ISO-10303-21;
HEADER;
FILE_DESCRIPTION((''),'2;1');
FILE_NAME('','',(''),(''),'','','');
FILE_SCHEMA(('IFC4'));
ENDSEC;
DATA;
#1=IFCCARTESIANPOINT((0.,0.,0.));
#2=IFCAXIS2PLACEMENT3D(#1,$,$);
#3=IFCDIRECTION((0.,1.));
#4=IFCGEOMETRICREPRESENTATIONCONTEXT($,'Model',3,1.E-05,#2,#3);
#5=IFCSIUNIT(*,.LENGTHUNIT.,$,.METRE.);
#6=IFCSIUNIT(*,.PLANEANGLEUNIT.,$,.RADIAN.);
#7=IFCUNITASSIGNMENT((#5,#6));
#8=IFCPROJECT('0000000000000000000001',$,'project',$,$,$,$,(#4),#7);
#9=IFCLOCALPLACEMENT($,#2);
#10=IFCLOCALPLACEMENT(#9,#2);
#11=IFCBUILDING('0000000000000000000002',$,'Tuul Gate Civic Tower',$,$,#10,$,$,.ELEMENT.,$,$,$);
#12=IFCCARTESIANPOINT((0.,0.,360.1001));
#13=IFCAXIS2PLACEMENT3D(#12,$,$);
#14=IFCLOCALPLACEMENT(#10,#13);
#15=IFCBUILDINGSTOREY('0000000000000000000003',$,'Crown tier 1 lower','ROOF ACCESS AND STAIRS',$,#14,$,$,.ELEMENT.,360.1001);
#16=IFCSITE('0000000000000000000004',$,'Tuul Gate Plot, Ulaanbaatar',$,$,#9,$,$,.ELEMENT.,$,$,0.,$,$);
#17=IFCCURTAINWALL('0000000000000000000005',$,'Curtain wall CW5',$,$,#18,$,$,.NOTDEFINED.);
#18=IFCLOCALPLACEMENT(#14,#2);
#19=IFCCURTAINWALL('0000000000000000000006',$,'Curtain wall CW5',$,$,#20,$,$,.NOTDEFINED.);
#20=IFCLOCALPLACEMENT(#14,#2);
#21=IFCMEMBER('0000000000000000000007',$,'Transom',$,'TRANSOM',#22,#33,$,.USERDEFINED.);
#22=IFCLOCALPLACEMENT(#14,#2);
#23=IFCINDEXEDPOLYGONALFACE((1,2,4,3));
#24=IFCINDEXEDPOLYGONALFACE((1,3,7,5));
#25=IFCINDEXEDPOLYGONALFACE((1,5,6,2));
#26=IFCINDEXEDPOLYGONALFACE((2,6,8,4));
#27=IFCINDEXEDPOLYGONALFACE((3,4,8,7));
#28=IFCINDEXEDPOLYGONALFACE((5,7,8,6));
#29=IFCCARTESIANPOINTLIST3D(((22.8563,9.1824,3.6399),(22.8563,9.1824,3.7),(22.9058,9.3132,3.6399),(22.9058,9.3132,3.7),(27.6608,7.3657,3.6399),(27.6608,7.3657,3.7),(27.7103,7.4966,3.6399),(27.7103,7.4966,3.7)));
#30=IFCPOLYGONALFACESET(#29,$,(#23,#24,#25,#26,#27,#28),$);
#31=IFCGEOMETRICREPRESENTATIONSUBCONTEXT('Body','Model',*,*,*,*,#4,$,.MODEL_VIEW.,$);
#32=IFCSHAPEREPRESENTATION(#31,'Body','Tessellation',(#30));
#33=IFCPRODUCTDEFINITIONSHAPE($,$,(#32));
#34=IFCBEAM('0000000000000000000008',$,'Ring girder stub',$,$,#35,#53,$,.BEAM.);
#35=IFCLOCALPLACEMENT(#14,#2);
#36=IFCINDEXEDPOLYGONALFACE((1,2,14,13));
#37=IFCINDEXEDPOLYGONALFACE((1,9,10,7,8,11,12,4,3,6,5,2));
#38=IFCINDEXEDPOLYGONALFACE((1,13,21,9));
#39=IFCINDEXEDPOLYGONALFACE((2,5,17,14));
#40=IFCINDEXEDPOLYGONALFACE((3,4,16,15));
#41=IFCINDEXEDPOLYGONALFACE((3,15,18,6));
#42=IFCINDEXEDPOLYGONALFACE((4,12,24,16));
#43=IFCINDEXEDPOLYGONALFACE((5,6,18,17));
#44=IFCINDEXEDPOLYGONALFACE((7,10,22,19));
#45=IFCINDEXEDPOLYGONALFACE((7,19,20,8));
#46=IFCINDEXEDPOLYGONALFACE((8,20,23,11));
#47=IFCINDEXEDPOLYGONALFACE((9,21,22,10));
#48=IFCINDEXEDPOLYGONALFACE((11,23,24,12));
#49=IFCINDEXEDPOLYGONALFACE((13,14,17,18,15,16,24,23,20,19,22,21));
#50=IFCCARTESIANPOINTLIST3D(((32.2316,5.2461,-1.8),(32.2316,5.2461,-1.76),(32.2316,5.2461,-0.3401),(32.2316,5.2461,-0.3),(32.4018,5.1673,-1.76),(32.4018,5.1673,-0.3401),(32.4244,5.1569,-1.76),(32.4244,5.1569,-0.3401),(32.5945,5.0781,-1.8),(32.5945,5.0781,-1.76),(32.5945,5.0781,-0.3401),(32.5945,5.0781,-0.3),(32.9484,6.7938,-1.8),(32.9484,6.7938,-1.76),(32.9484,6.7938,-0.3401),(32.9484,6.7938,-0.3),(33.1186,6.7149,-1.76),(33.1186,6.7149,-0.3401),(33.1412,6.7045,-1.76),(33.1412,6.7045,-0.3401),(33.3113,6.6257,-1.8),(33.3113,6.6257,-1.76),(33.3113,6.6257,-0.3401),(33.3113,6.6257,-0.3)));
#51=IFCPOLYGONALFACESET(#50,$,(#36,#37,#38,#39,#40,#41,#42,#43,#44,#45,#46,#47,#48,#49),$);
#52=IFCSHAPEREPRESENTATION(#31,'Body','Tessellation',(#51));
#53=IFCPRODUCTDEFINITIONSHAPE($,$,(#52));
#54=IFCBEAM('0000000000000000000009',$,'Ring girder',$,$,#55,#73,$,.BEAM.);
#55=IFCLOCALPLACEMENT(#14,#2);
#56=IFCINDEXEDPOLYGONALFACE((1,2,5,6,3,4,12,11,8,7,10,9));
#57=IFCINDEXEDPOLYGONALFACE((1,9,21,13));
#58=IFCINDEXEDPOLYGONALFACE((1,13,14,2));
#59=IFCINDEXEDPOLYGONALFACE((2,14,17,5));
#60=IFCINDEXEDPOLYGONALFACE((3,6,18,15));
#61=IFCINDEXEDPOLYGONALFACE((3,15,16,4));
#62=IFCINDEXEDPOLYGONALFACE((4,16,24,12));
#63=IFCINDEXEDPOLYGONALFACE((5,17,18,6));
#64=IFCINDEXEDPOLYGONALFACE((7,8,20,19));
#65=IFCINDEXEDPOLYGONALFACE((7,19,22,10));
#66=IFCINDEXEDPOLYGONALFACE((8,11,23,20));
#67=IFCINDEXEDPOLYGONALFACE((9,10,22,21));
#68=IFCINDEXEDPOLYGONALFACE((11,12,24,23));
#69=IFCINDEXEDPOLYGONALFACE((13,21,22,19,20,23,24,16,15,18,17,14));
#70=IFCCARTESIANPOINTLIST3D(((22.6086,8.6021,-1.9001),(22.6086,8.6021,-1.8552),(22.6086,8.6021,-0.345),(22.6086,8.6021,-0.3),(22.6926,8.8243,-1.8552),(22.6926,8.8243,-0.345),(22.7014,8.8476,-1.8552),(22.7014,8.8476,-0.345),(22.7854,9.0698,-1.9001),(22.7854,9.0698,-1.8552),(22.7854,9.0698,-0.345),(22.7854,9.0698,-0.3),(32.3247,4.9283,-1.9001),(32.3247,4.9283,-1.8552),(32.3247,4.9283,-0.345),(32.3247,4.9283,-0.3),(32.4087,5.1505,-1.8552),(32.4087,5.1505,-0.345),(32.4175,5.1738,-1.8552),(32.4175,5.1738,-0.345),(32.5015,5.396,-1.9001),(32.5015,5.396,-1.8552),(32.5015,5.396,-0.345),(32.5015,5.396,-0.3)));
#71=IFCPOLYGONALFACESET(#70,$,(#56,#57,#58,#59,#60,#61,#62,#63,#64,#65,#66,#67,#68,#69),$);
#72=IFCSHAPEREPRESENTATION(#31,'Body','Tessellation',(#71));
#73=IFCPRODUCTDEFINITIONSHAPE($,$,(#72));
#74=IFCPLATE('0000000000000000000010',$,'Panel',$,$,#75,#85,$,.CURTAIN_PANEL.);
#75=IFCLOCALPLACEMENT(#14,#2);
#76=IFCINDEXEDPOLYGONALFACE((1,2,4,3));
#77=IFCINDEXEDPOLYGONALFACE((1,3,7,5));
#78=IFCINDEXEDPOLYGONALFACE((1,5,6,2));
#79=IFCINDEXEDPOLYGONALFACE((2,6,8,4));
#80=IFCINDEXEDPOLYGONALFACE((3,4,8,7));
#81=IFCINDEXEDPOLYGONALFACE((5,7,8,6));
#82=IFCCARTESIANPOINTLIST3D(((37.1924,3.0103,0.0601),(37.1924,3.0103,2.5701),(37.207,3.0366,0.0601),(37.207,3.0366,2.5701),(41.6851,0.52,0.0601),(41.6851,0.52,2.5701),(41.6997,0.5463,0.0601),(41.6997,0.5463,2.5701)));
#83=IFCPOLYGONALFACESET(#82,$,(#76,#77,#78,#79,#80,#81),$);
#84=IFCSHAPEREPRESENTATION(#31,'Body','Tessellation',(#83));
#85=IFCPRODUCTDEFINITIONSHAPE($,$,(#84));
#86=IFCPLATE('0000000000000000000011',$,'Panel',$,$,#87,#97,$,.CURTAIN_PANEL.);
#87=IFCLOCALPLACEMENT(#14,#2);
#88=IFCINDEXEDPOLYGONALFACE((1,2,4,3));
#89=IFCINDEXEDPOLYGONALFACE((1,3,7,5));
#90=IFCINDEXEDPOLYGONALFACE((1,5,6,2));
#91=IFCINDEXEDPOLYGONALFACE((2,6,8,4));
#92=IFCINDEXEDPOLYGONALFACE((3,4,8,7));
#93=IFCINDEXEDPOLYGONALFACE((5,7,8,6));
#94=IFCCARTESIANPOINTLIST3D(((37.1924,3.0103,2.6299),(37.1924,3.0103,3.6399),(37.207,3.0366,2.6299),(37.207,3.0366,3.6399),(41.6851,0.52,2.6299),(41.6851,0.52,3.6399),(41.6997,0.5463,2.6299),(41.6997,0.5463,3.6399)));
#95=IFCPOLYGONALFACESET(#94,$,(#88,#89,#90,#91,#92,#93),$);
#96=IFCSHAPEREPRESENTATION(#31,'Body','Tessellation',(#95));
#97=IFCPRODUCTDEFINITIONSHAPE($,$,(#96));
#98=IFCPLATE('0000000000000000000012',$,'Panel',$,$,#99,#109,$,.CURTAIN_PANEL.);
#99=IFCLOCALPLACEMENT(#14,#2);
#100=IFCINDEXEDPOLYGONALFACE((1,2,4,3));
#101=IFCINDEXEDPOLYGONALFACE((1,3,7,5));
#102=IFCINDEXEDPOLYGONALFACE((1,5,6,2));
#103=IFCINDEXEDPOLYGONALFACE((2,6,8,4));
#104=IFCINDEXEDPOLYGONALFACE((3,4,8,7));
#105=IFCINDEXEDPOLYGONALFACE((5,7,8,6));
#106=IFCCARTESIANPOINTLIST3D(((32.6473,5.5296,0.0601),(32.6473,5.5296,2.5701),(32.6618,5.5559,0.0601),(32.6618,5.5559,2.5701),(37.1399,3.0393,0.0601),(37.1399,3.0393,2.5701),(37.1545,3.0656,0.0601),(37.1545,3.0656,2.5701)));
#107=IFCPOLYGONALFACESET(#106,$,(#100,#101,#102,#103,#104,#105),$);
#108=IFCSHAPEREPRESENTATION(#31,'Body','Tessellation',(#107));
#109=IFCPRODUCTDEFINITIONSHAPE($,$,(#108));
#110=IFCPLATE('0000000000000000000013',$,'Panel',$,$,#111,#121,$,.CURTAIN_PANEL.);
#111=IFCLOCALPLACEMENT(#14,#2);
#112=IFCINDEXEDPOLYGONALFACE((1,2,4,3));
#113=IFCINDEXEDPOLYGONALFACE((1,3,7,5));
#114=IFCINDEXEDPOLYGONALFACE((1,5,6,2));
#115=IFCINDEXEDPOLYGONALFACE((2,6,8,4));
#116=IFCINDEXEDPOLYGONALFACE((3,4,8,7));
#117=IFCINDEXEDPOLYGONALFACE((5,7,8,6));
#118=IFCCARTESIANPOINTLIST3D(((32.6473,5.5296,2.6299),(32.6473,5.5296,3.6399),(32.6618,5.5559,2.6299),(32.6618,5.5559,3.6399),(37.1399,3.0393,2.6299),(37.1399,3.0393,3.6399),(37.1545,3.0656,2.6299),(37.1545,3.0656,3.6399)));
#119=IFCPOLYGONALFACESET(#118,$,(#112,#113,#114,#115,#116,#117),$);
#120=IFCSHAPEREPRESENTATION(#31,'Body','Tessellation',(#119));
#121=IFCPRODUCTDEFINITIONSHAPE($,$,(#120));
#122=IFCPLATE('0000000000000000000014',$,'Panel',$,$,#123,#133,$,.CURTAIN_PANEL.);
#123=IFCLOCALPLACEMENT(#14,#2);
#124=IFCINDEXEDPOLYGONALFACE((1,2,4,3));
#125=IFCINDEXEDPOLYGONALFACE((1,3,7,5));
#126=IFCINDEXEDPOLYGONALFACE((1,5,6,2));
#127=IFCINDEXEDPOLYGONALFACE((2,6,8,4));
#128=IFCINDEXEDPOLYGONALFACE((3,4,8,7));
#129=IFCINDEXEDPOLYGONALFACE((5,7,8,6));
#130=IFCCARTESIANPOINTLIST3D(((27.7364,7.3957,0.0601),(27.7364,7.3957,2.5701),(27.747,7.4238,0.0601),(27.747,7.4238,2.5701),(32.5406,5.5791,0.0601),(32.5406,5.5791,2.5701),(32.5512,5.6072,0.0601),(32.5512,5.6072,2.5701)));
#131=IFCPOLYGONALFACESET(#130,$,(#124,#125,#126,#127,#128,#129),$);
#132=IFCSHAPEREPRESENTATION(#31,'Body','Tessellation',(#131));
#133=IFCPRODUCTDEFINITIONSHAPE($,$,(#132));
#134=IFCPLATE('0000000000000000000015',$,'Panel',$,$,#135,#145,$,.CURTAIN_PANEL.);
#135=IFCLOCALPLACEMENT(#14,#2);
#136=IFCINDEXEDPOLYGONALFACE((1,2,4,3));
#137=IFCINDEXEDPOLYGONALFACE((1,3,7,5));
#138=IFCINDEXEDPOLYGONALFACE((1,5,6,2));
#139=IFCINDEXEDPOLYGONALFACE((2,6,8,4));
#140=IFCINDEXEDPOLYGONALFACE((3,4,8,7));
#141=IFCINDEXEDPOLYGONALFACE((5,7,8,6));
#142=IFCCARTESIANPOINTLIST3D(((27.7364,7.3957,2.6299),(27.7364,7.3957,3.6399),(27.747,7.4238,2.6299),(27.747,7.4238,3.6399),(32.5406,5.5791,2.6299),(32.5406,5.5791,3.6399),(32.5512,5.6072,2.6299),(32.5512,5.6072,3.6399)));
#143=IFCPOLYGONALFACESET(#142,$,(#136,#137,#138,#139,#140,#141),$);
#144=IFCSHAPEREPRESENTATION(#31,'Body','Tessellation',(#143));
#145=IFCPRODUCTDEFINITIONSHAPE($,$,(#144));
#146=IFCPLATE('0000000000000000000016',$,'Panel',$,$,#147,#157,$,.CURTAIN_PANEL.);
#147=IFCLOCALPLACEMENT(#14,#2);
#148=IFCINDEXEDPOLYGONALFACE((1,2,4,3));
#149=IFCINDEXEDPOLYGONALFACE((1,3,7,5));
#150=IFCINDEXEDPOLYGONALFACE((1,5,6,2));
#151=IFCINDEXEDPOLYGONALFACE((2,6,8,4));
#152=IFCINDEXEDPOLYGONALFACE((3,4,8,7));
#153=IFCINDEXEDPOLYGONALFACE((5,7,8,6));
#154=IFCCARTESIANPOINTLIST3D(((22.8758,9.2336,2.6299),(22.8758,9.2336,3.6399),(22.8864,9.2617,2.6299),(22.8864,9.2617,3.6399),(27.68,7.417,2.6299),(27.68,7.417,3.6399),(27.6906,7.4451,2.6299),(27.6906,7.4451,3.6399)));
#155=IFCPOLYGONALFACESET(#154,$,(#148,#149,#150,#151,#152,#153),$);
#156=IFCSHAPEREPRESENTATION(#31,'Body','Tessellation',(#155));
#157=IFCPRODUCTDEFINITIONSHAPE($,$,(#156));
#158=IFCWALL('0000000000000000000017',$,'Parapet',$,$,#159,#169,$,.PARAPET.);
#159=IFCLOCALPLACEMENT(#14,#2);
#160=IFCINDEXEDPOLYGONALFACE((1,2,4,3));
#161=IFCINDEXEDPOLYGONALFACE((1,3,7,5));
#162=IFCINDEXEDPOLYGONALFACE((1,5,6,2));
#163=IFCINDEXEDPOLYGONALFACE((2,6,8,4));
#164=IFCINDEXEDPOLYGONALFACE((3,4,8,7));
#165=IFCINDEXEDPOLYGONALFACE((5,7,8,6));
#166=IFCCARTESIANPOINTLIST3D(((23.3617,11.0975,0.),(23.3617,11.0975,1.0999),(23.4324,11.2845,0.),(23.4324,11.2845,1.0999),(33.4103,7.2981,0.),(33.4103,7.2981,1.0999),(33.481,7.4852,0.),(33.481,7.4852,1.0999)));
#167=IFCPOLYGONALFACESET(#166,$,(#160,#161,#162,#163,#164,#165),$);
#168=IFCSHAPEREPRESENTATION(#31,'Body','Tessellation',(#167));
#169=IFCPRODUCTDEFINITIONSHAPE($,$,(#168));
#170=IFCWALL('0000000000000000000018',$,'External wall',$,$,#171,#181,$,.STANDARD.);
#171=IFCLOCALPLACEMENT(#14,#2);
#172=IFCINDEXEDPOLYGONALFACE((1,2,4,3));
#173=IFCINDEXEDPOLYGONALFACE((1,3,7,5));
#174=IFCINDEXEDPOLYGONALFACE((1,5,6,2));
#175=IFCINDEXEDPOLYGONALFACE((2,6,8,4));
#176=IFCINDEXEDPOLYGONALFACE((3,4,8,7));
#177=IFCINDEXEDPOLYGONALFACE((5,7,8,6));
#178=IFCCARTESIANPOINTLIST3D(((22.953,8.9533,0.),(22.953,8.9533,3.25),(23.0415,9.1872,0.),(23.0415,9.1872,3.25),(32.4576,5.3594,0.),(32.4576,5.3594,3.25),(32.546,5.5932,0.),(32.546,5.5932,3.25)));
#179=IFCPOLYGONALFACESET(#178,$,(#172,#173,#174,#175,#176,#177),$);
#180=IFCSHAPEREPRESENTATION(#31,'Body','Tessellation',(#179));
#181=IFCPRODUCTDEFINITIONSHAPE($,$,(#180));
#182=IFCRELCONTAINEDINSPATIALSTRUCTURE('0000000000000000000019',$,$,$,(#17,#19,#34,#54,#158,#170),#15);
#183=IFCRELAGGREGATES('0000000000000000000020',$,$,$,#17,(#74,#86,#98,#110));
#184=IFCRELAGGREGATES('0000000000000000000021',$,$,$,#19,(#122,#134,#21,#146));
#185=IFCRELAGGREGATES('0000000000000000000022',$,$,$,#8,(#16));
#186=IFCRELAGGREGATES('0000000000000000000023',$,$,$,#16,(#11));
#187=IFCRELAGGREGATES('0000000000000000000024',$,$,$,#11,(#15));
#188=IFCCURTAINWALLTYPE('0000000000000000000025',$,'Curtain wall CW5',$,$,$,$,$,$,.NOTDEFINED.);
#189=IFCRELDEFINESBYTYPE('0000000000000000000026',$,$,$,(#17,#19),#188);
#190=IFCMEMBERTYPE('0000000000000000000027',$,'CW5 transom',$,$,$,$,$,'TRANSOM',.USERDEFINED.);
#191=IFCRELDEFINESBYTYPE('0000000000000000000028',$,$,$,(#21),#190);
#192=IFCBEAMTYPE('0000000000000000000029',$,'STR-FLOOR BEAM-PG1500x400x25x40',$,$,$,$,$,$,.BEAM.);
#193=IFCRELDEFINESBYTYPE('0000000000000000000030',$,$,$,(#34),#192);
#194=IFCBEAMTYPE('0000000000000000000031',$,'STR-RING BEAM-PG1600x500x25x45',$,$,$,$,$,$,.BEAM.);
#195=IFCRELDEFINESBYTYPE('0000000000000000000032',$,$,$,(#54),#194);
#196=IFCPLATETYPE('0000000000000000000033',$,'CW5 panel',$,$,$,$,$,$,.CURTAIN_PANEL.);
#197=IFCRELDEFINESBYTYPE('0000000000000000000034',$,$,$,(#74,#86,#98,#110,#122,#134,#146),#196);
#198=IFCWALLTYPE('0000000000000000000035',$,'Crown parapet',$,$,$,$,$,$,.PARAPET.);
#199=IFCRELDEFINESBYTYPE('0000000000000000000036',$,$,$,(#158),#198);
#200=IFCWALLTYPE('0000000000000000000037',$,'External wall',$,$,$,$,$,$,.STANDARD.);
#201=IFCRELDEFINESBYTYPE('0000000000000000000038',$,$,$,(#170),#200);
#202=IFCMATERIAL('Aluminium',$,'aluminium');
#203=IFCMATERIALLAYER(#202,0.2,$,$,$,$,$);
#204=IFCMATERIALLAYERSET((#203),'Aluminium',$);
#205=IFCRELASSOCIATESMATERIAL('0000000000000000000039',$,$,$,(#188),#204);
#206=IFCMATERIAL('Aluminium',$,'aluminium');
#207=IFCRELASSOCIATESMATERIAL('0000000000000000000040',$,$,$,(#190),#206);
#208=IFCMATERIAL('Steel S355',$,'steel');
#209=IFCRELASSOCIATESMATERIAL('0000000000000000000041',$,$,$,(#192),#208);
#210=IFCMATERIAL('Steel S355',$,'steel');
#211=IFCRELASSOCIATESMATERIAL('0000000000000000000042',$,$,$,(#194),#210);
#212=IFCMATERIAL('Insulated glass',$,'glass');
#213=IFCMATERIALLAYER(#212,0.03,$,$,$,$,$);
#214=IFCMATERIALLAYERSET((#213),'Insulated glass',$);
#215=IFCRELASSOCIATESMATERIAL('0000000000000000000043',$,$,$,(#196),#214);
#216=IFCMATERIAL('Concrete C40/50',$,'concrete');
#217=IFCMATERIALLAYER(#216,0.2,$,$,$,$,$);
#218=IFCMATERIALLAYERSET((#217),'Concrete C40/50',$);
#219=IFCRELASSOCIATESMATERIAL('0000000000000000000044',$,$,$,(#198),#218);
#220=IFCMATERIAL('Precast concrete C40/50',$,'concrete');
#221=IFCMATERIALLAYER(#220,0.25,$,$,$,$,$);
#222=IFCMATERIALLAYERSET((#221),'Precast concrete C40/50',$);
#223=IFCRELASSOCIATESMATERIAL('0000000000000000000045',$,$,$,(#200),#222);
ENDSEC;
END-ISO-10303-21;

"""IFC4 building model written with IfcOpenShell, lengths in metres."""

from ifc_helpers import new_model, si_unit, direction, frame, frame_2d, origin, origin_2d, place, context, subcontext, project, spatial, rectangle, i_section, extrude, material, layer, layer_set, material_profile, profile_set, type_object, element, aggregate, save


model = new_model("IFC4")

# Units and contexts
model_context = context("Model", 3, precision=1e-05, world=origin(), true_north=direction((0.0, 1.0)))
body_context = subcontext(model_context, "Body", "Model", "MODEL_VIEW")
ifc_project = project(units=[si_unit("LENGTHUNIT", "METRE"), si_unit("PLANEANGLEUNIT", "RADIAN")], contexts=[model_context])

# Site, building, storey
site_placement = place(None, origin())
site = spatial("IfcSite", under=ifc_project, at=site_placement, Name="Tuul Gate Plot, Ulaanbaatar", CompositionType="ELEMENT", RefElevation=0.0)
building_placement = place(site_placement, origin())
building = spatial("IfcBuilding", under=site, at=building_placement, Name="Tuul Gate Civic Tower", CompositionType="ELEMENT")
storey_placement = place(building_placement, frame((0.0, 0.0, 360.1001)))
storey = spatial("IfcBuildingStorey", under=building, at=storey_placement, Name="Crown tier 1 lower", Description="ROOF ACCESS AND STAIRS", CompositionType="ELEMENT", Elevation=360.1001)

# Curtain walls
ifc_material_1 = material(Name="Aluminium", Category="aluminium")
ifc_layer_1 = layer(ifc_material_1, 0.2)
ifc_layer_set_1 = layer_set([ifc_layer_1], Name="Aluminium")
curtain_wall_type = type_object("IfcCurtainWallType", Name="Curtain wall CW5", PredefinedType="NOTDEFINED", material=ifc_layer_set_1)
curtain_wall_1_placement = place(storey_placement, origin())
curtain_wall_1 = element("IfcCurtainWall", 1, at=curtain_wall_1_placement, inside=storey, type_object=curtain_wall_type, Name="Curtain wall CW5", PredefinedType="NOTDEFINED")
curtain_wall_2_placement = place(storey_placement, origin())
curtain_wall_2 = element("IfcCurtainWall", 2, at=curtain_wall_2_placement, inside=storey, type_object=curtain_wall_type, Name="Curtain wall CW5", PredefinedType="NOTDEFINED")

# Member
ifc_material_2 = material(Name="Aluminium", Category="aluminium")
ifc_material_profile_1 = material_profile(ifc_material_2, rectangle(XDim=0.1399, YDim=0.0601, at=origin_2d()), Name="CW5 transom")
ifc_profile_set_1 = profile_set([ifc_material_profile_1], Name="Aluminium")
member_type_1 = type_object("IfcMemberType", Name="CW5 transom", ElementType="TRANSOM", PredefinedType="USERDEFINED", material=ifc_profile_set_1)
member_1_placement = place(storey_placement, frame((27.6855, 7.4312, 3.6699), z_axis=(-0.935367, 0.35368, 0.0), x_axis=(-0.35368, -0.935367, 0.0)))
member_1 = element("IfcMember", 3, at=member_1_placement, type_object=member_type_1, Name="Transom", ObjectType="TRANSOM", PredefinedType="USERDEFINED", context=body_context, shape_type="SweptSolid", body=[
    extrude(rectangle(XDim=0.1399, YDim=0.0601, at=origin_2d()), origin(), (0.0, 0.0, 1.0), 5.1365),
])

# Beams
ifc_material_3 = material(Name="Steel S355", Category="steel")
ifc_material_profile_2 = material_profile(ifc_material_3, i_section(OverallWidth=0.3999, OverallDepth=1.5, WebThickness=0.0249, FlangeThickness=0.04, at=origin_2d()), Name="PG1500x400x25x40")
ifc_profile_set_2 = profile_set([ifc_material_profile_2], Name="Steel S355")
beam_type_1 = type_object("IfcBeamType", Name="STR-FLOOR BEAM-PG1500x400x25x40", PredefinedType="BEAM", material=ifc_profile_set_2)
beam_1_placement = place(storey_placement, frame((33.1299, 6.7097, -1.05), z_axis=(-0.420274, -0.907397, 0.0), x_axis=(0.907397, -0.420274, 0.0)))
element("IfcBeam", 4, at=beam_1_placement, inside=storey, type_object=beam_type_1, Name="Ring girder stub", PredefinedType="BEAM", context=body_context, shape_type="SweptSolid", body=[
    extrude(i_section(OverallWidth=0.3999, OverallDepth=1.5, WebThickness=0.0249, FlangeThickness=0.04, at=origin_2d()), origin(), (0.0, 0.0, 1.0), 1.7056),
])
ifc_material_4 = material(Name="Steel S355", Category="steel")
ifc_material_profile_3 = material_profile(ifc_material_4, i_section(OverallWidth=0.5, OverallDepth=1.6001, WebThickness=0.0249, FlangeThickness=0.0449, at=origin_2d()), Name="PG1600x500x25x45")
ifc_profile_set_3 = profile_set([ifc_material_profile_3], Name="Steel S355")
beam_type_2 = type_object("IfcBeamType", Name="STR-RING BEAM-PG1600x500x25x45", PredefinedType="BEAM", material=ifc_profile_set_3)
beam_2_placement = place(storey_placement, frame((32.4131, 5.1621, -1.1001), z_axis=(-0.935367, 0.35368, 0.0), x_axis=(-0.35368, -0.935367, 0.0)))
element("IfcBeam", 5, at=beam_2_placement, inside=storey, type_object=beam_type_2, Name="Ring girder", PredefinedType="BEAM", context=body_context, shape_type="SweptSolid", body=[
    extrude(i_section(OverallWidth=0.5, OverallDepth=1.6001, WebThickness=0.0249, FlangeThickness=0.0449, at=origin_2d()), origin(), (0.0, 0.0, 1.0), 10.3875),
])

# Plates
ifc_material_5 = material(Name="Insulated glass", Category="glass")
ifc_layer_2 = layer(ifc_material_5, 0.03)
ifc_layer_set_2 = layer_set([ifc_layer_2], Name="Insulated glass")
plate_type = type_object("IfcPlateType", Name="CW5 panel", PredefinedType="CURTAIN_PANEL", material=ifc_layer_set_2)
plate_1_placement = place(storey_placement, frame((39.446, 1.7783, 0.0601), z_axis=(0.0, 0.0, 1.0), x_axis=(-0.874622, 0.484806, 0.0)))
plate_1 = element("IfcPlate", 6, at=plate_1_placement, type_object=plate_type, Name="Panel", PredefinedType="CURTAIN_PANEL", context=body_context, shape_type="SweptSolid", body=[
    extrude(rectangle(XDim=5.1367, YDim=0.03, at=origin_2d()), origin(), (0.0, 0.0, 1.0), 2.51),
])
plate_2_placement = place(storey_placement, frame((39.446, 1.7783, 2.6299), z_axis=(0.0, 0.0, 1.0), x_axis=(-0.874622, 0.484806, 0.0)))
plate_2 = element("IfcPlate", 7, at=plate_2_placement, type_object=plate_type, Name="Panel", PredefinedType="CURTAIN_PANEL", context=body_context, shape_type="SweptSolid", body=[
    extrude(rectangle(XDim=5.1367, YDim=0.03, at=origin_2d()), origin(), (0.0, 0.0, 1.0), 1.01),
])
plate_3_placement = place(storey_placement, frame((34.9009, 4.2976, 0.0601), z_axis=(0.0, 0.0, 1.0), x_axis=(-0.874622, 0.484806, 0.0)))
plate_3 = element("IfcPlate", 8, at=plate_3_placement, type_object=plate_type, Name="Panel", PredefinedType="CURTAIN_PANEL", context=body_context, shape_type="SweptSolid", body=[
    extrude(rectangle(XDim=5.1367, YDim=0.03, at=origin_2d()), origin(), (0.0, 0.0, 1.0), 2.51),
])
plate_4_placement = place(storey_placement, frame((34.9009, 4.2976, 2.6299), z_axis=(0.0, 0.0, 1.0), x_axis=(-0.874622, 0.484806, 0.0)))
plate_4 = element("IfcPlate", 9, at=plate_4_placement, type_object=plate_type, Name="Panel", PredefinedType="CURTAIN_PANEL", context=body_context, shape_type="SweptSolid", body=[
    extrude(rectangle(XDim=5.1367, YDim=0.03, at=origin_2d()), origin(), (0.0, 0.0, 1.0), 1.01),
])
aggregate(curtain_wall_1, [plate_1, plate_2, plate_3, plate_4])
plate_5_placement = place(storey_placement, frame((30.1438, 6.5015, 0.0601), z_axis=(0.0, 0.0, 1.0), x_axis=(-0.935362, 0.353691, 0.0)))
plate_5 = element("IfcPlate", 10, at=plate_5_placement, type_object=plate_type, Name="Panel", PredefinedType="CURTAIN_PANEL", context=body_context, shape_type="SweptSolid", body=[
    extrude(rectangle(XDim=5.1362, YDim=0.03, at=origin_2d()), origin(), (0.0, 0.0, 1.0), 2.51),
])
plate_6_placement = place(storey_placement, frame((30.1438, 6.5015, 2.6299), z_axis=(0.0, 0.0, 1.0), x_axis=(-0.935362, 0.353691, 0.0)))
plate_6 = element("IfcPlate", 11, at=plate_6_placement, type_object=plate_type, Name="Panel", PredefinedType="CURTAIN_PANEL", context=body_context, shape_type="SweptSolid", body=[
    extrude(rectangle(XDim=5.1362, YDim=0.03, at=origin_2d()), origin(), (0.0, 0.0, 1.0), 1.01),
])
plate_7_placement = place(storey_placement, frame((25.2832, 8.3394, 2.6299), z_axis=(0.0, 0.0, 1.0), x_axis=(-0.935362, 0.353691, 0.0)))
plate_7 = element("IfcPlate", 12, at=plate_7_placement, type_object=plate_type, Name="Panel", PredefinedType="CURTAIN_PANEL", context=body_context, shape_type="SweptSolid", body=[
    extrude(rectangle(XDim=5.1362, YDim=0.03, at=origin_2d()), origin(), (0.0, 0.0, 1.0), 1.01),
])
aggregate(curtain_wall_2, [plate_5, plate_6, member_1, plate_7])

# Walls
ifc_material_6 = material(Name="Concrete C40/50", Category="concrete")
ifc_layer_3 = layer(ifc_material_6, 0.2)
ifc_layer_set_3 = layer_set([ifc_layer_3], Name="Concrete C40/50")
wall_type_1 = type_object("IfcWallType", Name="Crown parapet", PredefinedType="PARAPET", material=ifc_layer_set_3)
wall_1_placement = place(storey_placement, frame((33.4458, 7.3916, 0.0), z_axis=(0.0, 0.0, 1.0), x_axis=(-0.935374, 0.35366, 0.0)))
element("IfcWall", 13, at=wall_1_placement, inside=storey, type_object=wall_type_1, Name="Parapet", PredefinedType="PARAPET", context=body_context, shape_type="SweptSolid", body=[
    extrude(rectangle(XDim=10.7429, YDim=0.2, at=frame_2d((5.3716, 0.0))), origin(), (0.0, 0.0, 1.0), 1.0999),
])
ifc_material_7 = material(Name="Precast concrete C40/50", Category="concrete")
ifc_layer_4 = layer(ifc_material_7, 0.25)
ifc_layer_set_4 = layer_set([ifc_layer_4], Name="Precast concrete C40/50")
wall_type_2 = type_object("IfcWallType", Name="External wall", PredefinedType="STANDARD", material=ifc_layer_set_4)
wall_2_placement = place(storey_placement, frame((32.5017, 5.4763, 0.0), z_axis=(0.0, 0.0, 1.0), x_axis=(-0.935363, 0.353689, 0.0)))
element("IfcWall", 14, at=wall_2_placement, inside=storey, type_object=wall_type_2, Name="External wall", PredefinedType="STANDARD", context=body_context, shape_type="SweptSolid", body=[
    extrude(rectangle(XDim=10.1614, YDim=0.25, at=frame_2d((5.0806, 0.0))), origin(), (0.0, 0.0, 1.0), 3.25),
])

save(model, "model.ifc")
